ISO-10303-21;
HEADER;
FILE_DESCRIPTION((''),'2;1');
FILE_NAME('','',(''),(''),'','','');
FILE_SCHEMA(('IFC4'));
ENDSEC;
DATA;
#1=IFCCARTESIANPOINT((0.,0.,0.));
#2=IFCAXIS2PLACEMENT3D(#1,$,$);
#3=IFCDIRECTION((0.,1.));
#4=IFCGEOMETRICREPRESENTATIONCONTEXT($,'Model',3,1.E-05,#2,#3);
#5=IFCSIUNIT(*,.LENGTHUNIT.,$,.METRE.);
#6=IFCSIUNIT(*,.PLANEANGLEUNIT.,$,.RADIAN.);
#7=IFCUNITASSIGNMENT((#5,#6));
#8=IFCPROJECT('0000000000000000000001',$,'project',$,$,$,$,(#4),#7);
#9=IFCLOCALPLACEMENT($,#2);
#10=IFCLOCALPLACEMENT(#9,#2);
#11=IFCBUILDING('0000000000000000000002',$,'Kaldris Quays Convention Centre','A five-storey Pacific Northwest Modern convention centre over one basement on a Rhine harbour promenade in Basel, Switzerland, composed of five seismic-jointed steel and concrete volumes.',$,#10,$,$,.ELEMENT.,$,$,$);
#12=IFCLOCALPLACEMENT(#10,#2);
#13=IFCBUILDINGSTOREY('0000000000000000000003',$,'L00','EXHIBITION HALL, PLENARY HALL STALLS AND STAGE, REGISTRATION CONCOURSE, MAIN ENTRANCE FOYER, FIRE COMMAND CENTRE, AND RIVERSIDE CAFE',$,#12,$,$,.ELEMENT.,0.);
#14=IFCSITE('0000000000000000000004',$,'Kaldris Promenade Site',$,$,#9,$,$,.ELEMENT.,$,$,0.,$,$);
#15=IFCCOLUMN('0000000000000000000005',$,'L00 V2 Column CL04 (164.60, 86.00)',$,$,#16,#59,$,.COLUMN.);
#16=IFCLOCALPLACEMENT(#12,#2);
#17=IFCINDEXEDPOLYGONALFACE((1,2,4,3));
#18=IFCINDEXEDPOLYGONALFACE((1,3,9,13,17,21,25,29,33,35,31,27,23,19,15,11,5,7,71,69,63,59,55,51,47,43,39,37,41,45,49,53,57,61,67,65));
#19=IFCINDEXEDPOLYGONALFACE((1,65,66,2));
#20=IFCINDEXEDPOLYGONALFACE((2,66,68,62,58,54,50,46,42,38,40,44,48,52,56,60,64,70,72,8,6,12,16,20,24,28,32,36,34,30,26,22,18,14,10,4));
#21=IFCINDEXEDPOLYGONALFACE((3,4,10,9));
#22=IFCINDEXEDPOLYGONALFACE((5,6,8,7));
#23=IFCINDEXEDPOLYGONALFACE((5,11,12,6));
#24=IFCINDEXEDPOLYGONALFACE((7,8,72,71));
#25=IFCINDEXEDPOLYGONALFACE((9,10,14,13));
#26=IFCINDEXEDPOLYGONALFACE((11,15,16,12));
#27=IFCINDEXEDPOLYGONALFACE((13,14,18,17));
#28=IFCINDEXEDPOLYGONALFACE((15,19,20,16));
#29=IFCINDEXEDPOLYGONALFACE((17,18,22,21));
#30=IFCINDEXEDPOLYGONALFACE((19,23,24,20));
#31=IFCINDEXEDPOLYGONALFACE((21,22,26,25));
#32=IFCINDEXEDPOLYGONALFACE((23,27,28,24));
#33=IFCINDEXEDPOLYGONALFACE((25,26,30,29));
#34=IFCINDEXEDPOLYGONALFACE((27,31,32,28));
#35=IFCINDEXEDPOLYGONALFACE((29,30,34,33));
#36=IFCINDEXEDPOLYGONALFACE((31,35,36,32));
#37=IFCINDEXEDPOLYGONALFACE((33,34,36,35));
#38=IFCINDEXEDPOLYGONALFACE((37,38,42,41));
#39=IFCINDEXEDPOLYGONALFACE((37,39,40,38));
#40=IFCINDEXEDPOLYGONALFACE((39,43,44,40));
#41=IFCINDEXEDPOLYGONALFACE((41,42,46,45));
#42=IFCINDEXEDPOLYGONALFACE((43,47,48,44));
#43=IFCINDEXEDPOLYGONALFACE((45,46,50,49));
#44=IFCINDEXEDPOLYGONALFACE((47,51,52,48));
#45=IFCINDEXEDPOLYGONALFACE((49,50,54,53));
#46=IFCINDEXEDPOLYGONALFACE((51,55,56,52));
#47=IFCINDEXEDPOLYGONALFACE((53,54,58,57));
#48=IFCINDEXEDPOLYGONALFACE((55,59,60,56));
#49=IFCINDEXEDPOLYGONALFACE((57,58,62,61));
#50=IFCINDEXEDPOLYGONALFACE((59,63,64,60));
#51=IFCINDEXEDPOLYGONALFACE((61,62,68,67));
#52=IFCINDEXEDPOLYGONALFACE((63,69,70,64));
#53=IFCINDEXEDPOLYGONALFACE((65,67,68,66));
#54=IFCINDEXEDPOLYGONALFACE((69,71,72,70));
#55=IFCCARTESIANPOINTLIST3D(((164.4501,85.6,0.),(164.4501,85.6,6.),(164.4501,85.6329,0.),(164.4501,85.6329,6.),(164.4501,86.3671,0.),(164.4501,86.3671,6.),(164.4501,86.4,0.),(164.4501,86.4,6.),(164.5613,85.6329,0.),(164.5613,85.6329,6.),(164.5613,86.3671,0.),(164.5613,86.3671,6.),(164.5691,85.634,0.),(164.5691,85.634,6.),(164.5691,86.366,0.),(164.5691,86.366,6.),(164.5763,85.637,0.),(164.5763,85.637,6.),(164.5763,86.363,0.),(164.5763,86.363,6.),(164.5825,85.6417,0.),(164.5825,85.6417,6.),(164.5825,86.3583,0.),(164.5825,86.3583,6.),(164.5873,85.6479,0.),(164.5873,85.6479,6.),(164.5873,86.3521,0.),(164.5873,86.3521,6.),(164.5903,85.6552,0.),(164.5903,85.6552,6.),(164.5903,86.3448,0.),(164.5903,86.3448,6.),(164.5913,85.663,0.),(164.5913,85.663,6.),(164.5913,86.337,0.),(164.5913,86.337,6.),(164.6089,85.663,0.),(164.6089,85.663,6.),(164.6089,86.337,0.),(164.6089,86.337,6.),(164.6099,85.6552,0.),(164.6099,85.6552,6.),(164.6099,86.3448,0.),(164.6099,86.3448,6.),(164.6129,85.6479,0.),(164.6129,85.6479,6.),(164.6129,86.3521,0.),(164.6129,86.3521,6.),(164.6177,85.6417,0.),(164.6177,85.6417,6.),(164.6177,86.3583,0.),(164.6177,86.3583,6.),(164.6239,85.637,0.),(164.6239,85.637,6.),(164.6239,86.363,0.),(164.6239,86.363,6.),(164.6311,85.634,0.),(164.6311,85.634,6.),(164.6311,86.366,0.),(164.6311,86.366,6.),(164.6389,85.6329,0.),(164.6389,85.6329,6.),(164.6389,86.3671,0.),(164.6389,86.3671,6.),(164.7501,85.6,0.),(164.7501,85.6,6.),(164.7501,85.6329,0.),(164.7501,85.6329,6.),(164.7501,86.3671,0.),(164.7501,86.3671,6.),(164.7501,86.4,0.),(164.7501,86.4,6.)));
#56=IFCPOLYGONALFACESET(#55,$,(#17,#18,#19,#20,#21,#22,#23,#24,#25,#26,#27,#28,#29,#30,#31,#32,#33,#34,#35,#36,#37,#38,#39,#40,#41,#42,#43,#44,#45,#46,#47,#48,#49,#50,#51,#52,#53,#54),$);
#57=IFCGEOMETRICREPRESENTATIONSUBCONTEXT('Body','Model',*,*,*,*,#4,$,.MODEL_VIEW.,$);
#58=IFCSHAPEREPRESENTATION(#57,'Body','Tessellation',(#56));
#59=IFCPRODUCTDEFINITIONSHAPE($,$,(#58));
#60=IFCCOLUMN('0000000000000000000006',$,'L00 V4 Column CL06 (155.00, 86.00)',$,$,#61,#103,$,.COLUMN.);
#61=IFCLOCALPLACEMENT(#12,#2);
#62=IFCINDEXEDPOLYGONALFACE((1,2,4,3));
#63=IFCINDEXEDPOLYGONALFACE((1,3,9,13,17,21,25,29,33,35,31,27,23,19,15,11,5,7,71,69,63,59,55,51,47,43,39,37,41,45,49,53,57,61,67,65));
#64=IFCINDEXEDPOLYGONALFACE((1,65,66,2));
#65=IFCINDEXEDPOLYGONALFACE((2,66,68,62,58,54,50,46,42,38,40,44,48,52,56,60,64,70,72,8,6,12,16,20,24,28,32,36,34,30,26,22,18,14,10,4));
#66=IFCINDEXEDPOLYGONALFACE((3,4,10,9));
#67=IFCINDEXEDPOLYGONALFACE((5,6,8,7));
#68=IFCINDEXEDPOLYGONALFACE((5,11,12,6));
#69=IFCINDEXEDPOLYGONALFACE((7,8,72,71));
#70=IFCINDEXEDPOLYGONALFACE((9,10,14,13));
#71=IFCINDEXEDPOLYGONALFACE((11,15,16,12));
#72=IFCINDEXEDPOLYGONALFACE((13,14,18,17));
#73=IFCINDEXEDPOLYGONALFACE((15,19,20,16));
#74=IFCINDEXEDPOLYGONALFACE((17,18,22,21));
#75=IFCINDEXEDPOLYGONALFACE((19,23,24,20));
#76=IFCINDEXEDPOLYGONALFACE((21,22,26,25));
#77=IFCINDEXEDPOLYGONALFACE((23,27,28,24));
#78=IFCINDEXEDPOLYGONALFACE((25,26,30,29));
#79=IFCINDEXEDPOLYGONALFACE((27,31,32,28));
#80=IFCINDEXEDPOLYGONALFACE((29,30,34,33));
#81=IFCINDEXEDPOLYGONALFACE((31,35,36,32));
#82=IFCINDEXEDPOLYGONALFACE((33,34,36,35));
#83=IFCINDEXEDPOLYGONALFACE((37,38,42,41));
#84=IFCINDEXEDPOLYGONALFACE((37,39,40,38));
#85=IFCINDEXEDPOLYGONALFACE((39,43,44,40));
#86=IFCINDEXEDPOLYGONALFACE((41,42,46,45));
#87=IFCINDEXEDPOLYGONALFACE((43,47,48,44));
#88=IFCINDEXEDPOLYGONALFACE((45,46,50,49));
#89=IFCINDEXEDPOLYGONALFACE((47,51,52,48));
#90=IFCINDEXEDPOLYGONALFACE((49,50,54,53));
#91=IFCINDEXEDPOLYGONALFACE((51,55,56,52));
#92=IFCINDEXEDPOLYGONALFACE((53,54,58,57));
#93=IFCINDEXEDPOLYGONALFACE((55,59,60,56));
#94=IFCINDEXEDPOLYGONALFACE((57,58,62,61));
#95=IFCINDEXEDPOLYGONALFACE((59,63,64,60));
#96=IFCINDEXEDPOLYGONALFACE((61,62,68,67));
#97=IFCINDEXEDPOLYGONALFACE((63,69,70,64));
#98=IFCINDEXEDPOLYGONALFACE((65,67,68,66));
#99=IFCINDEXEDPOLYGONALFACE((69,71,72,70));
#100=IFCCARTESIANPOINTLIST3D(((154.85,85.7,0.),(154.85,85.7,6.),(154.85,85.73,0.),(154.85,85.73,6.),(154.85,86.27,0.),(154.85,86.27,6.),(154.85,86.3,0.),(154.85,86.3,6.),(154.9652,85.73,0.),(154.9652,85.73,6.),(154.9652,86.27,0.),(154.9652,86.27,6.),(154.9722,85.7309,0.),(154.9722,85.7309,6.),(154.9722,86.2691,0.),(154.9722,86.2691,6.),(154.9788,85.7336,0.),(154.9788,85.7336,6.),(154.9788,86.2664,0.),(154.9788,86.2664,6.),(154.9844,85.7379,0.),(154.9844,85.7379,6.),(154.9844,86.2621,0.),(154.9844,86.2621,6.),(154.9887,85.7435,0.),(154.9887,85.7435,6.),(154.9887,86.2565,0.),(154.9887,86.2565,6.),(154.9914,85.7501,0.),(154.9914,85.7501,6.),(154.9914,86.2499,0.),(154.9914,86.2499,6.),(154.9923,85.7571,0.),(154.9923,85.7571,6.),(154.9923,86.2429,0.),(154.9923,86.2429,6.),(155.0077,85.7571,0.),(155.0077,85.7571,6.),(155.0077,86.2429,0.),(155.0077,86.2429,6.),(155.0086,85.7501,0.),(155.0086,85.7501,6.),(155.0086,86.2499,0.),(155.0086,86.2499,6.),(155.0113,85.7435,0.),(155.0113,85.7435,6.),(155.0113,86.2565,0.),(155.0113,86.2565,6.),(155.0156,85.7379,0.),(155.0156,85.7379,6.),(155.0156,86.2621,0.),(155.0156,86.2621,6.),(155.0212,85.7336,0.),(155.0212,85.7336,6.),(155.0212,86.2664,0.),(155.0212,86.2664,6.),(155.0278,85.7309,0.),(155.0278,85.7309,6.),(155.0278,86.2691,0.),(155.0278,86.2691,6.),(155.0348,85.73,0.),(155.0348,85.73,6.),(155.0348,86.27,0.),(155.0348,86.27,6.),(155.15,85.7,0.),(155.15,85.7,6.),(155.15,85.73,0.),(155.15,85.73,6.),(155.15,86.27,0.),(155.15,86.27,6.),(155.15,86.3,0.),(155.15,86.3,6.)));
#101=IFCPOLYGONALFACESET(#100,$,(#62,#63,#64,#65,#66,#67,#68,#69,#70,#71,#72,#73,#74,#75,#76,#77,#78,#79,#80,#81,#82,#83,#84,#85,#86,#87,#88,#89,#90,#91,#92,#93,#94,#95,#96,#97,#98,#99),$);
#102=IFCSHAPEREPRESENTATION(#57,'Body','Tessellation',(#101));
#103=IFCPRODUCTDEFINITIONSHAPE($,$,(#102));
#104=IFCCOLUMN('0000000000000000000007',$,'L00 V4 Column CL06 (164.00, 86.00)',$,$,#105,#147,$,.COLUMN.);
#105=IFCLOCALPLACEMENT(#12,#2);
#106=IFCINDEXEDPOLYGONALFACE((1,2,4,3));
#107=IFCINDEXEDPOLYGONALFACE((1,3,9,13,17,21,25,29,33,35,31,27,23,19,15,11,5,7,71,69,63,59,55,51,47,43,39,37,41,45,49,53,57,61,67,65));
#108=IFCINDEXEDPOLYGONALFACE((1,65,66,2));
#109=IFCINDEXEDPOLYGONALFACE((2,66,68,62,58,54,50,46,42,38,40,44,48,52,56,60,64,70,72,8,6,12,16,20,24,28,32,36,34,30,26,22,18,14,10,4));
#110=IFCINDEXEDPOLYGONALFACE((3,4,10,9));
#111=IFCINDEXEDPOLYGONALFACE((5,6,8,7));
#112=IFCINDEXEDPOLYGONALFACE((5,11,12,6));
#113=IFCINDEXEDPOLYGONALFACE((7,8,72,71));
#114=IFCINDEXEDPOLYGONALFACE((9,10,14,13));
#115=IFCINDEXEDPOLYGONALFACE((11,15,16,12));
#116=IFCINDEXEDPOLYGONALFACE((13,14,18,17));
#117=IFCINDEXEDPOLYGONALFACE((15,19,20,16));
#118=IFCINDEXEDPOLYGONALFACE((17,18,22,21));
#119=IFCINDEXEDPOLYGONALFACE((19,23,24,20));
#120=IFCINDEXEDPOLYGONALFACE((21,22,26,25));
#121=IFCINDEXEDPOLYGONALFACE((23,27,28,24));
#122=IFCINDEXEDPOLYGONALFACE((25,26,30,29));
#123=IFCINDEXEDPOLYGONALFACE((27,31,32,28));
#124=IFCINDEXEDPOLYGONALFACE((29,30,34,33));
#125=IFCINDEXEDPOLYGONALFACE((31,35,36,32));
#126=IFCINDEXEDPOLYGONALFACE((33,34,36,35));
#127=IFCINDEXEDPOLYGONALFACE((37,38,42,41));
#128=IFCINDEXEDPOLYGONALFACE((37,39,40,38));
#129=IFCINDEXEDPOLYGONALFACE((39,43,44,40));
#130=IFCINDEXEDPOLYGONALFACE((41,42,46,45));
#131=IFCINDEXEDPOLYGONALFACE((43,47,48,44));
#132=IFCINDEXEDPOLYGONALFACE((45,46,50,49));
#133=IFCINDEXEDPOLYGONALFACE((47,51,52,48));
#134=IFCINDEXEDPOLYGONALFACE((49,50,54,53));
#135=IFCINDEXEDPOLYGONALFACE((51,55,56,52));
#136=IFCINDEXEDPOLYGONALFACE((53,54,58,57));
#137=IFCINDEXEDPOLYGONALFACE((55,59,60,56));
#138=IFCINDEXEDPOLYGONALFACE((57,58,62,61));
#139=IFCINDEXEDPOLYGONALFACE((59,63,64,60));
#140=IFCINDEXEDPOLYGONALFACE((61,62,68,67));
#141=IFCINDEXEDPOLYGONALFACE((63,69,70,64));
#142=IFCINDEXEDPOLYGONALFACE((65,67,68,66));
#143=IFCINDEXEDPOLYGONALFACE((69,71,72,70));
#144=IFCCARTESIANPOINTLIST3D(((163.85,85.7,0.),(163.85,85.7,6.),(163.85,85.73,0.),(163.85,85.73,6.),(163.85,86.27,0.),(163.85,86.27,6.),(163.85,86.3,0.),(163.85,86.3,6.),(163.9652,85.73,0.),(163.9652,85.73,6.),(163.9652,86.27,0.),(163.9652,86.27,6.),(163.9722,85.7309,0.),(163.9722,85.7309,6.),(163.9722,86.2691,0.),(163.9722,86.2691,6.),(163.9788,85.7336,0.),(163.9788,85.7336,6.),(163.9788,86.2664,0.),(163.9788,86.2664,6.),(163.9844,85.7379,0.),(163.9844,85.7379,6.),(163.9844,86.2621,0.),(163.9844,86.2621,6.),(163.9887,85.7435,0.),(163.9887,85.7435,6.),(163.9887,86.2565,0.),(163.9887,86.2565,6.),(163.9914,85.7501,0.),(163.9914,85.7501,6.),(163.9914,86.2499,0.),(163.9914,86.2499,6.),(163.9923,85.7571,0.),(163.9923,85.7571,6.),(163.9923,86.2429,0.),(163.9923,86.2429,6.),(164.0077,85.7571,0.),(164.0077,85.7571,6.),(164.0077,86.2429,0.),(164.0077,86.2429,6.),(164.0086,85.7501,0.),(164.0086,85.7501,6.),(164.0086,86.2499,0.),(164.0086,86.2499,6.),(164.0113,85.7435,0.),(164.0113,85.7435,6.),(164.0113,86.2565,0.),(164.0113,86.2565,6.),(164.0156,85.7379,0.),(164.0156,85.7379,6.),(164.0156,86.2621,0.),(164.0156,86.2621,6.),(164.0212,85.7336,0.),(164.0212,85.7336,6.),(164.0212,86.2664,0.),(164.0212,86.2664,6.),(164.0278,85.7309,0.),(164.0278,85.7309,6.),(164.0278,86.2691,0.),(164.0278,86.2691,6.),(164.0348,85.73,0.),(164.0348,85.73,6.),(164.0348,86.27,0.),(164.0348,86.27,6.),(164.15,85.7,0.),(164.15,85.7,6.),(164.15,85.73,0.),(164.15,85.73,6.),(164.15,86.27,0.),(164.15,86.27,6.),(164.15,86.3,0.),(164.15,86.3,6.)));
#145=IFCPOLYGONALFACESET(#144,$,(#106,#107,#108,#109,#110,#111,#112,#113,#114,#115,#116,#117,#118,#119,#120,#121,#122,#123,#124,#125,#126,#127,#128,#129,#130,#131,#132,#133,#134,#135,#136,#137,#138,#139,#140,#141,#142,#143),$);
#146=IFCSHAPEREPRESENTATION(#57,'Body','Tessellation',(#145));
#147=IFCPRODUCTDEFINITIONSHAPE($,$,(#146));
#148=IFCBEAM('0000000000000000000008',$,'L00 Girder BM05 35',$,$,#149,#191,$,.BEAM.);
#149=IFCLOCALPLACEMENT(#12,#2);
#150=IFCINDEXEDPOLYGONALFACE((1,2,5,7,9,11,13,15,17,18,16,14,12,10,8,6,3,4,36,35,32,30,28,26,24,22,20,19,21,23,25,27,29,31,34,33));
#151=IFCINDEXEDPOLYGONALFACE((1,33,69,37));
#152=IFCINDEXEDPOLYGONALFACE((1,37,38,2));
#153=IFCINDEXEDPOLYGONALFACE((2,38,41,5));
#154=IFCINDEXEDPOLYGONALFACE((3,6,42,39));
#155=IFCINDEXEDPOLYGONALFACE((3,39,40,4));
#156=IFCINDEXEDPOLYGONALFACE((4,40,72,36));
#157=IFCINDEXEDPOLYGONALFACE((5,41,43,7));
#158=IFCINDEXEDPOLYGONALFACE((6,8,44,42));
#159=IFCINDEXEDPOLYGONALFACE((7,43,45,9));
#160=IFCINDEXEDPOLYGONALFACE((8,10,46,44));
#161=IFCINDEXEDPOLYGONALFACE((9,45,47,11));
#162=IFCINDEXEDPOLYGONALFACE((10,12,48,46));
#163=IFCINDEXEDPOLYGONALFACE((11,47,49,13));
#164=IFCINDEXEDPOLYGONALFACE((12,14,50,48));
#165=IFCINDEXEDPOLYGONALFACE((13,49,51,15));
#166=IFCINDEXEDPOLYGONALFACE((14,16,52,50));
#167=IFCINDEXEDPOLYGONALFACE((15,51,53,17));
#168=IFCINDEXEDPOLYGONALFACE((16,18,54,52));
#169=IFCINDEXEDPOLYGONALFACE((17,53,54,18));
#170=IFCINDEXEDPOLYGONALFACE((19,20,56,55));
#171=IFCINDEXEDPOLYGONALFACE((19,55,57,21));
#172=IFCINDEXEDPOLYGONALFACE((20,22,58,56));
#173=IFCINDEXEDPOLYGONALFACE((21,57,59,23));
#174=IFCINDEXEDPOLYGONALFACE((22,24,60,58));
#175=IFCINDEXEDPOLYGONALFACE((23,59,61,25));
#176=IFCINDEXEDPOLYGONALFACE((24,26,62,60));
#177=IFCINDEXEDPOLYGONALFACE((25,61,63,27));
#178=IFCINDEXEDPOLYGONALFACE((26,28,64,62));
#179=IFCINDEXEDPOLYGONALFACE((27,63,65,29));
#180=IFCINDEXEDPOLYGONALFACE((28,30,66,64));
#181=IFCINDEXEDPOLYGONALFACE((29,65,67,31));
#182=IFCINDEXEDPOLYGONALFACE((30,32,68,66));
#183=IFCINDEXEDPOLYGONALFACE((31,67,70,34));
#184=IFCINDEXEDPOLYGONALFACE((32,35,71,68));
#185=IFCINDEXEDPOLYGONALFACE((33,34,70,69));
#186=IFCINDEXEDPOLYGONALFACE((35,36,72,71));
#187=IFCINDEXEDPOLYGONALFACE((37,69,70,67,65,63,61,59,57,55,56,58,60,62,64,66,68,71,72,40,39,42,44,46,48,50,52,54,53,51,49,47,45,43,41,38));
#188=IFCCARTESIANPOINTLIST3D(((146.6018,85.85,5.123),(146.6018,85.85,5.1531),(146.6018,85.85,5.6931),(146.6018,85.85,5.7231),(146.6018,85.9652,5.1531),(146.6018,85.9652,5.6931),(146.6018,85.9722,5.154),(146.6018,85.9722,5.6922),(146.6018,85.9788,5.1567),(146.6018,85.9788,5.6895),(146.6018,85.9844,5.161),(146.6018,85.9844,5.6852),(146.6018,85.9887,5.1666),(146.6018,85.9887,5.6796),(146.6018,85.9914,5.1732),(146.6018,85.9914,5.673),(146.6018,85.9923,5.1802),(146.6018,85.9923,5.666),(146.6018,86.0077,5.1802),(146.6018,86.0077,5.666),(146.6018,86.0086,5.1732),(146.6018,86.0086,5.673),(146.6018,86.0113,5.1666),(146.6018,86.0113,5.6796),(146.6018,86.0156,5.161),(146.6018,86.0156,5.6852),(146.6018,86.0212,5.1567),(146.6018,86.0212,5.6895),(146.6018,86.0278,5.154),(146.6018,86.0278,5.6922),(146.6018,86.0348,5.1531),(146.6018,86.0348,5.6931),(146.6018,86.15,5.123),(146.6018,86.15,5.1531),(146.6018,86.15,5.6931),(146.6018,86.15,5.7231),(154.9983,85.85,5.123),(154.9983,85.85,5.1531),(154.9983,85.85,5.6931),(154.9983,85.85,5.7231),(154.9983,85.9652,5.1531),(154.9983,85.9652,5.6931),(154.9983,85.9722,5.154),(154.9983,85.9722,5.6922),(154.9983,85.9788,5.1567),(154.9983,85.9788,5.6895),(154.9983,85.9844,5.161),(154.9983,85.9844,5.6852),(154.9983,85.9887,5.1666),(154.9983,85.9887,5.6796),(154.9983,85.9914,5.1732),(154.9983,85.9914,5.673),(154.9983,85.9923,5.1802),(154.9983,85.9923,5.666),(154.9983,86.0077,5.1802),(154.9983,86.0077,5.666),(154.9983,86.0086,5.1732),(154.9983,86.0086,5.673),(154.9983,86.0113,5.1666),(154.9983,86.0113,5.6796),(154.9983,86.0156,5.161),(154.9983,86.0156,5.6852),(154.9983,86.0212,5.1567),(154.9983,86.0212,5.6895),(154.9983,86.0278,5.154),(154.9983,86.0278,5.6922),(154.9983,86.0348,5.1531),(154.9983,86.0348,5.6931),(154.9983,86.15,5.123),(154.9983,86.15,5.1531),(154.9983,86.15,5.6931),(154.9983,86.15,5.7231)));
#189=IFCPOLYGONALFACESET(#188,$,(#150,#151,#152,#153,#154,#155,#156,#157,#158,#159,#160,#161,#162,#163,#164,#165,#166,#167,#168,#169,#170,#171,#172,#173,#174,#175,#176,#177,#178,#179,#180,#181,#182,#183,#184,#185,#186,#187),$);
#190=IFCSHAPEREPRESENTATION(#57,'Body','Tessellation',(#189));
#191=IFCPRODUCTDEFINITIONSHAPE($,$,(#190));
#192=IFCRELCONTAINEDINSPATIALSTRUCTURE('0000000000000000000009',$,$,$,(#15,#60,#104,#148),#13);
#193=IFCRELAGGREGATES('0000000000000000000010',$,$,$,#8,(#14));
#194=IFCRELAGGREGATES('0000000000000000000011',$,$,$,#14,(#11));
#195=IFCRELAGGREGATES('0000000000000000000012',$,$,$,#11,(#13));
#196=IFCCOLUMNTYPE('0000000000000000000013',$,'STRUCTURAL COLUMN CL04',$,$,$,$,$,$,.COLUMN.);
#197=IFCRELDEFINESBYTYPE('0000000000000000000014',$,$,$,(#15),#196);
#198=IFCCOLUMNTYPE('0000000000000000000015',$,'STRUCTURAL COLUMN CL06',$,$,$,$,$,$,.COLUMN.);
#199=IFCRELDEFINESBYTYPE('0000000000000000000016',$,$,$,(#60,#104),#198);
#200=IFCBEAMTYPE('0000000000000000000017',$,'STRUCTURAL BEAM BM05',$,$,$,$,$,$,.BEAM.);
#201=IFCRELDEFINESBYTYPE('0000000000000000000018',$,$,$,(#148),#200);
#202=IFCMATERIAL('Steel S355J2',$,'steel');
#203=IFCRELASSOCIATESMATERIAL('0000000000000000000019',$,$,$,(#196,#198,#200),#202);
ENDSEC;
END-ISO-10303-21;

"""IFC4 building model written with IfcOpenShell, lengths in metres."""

from ifc_helpers import new_model, si_unit, direction, frame, origin, origin_2d, place, context, subcontext, project, spatial, i_section, extrude, material, material_profile, profile_set, type_object, element, save


model = new_model("IFC4")

# Units and contexts
model_context = context("Model", 3, precision=1e-05, world=origin(), true_north=direction((0.0, 1.0)))
body_context = subcontext(model_context, "Body", "Model", "MODEL_VIEW")
ifc_project = project(units=[si_unit("LENGTHUNIT", "METRE"), si_unit("PLANEANGLEUNIT", "RADIAN")], contexts=[model_context])

# Site, building, storey
site_placement = place(None, origin())
site = spatial("IfcSite", under=ifc_project, at=site_placement, Name="Kaldris Promenade Site", CompositionType="ELEMENT", RefElevation=0.0)
building_placement = place(site_placement, origin())
building = spatial("IfcBuilding", under=site, at=building_placement, Name="Kaldris Quays Convention Centre", Description="A five-storey Pacific Northwest Modern convention centre over one basement on a Rhine harbour promenade in Basel, Switzerland, composed of five seismic-jointed steel and concrete volumes.", CompositionType="ELEMENT")
storey_placement = place(building_placement, origin())
storey = spatial("IfcBuildingStorey", under=building, at=storey_placement, Name="L00", Description="EXHIBITION HALL, PLENARY HALL STALLS AND STAGE, REGISTRATION CONCOURSE, MAIN ENTRANCE FOYER, FIRE COMMAND CENTRE, AND RIVERSIDE CAFE", CompositionType="ELEMENT", Elevation=0.0)

# Columns
ifc_material_1 = material(Name="Steel S355J2", Category="steel")
ifc_material_profile_1 = material_profile(ifc_material_1, i_section(OverallWidth=0.3, OverallDepth=0.8, WebThickness=0.0176, FlangeThickness=0.033, FilletRadius=0.03, at=origin_2d()), Name="HEB 800")
ifc_profile_set_1 = profile_set([ifc_material_profile_1], Name="Steel S355J2")
column_type_1 = type_object("IfcColumnType", Name="STRUCTURAL COLUMN CL04", PredefinedType="COLUMN", material=ifc_profile_set_1)
column_placement = place(storey_placement, frame((164.6001, 86.0, 0.0), z_axis=(0.0, 0.0, 1.0), x_axis=(1.0, 0.0, 0.0)))
element("IfcColumn", 1, at=column_placement, inside=storey, type_object=column_type_1, Name="L00 V2 Column CL04 (164.60, 86.00)", PredefinedType="COLUMN", context=body_context, shape_type="SweptSolid", body=[
    extrude(i_section(OverallWidth=0.3, OverallDepth=0.8, WebThickness=0.0176, FlangeThickness=0.033, FilletRadius=0.03, at=origin_2d()), origin(), (0.0, 0.0, 1.0), 6.0),
])
ifc_material_profile_2 = material_profile(ifc_material_1, i_section(OverallWidth=0.3, OverallDepth=0.6001, WebThickness=0.0154, FlangeThickness=0.03, FilletRadius=0.0271, at=origin_2d()), Name="HEB 600")
ifc_profile_set_2 = profile_set([ifc_material_profile_2], Name="Steel S355J2")
column_type_2 = type_object("IfcColumnType", Name="STRUCTURAL COLUMN CL06", PredefinedType="COLUMN", material=ifc_profile_set_2)
for number, where, z_axis, x_axis, name in (
    (2, (155.0, 86.0, 0.0), (0.0, 0.0, 1.0), (1.0, 0.0, 0.0), "L00 V4 Column CL06 (155.00, 86.00)"),
    (3, (164.0, 86.0, 0.0), (0.0, 0.0, 1.0), (1.0, 0.0, 0.0), "L00 V4 Column CL06 (164.00, 86.00)"),
):
    element("IfcColumn", number, at=place(storey_placement, frame(where, z_axis=z_axis, x_axis=x_axis)), inside=storey, type_object=column_type_2, Name=name, PredefinedType="COLUMN", context=body_context, shape_type="SweptSolid", body=[
        extrude(i_section(OverallWidth=0.3, OverallDepth=0.6001, WebThickness=0.0154, FlangeThickness=0.03, FilletRadius=0.0271, at=origin_2d()), origin(), (0.0, 0.0, 1.0), 6.0),
    ])

# Beam
ifc_material_profile_3 = material_profile(ifc_material_1, i_section(OverallWidth=0.3, OverallDepth=0.6001, WebThickness=0.0154, FlangeThickness=0.03, FilletRadius=0.0271, at=origin_2d()), Name="HEB 600")
ifc_profile_set_3 = profile_set([ifc_material_profile_3], Name="Steel S355J2")
beam_type_1 = type_object("IfcBeamType", Name="STRUCTURAL BEAM BM05", PredefinedType="BEAM", material=ifc_profile_set_3)
beam_1_placement = place(storey_placement, frame((146.6018, 86.0, 5.4231), z_axis=(1.0, 0.0, 0.0), x_axis=(0.0, 1.0, 0.0)))
element("IfcBeam", 4, at=beam_1_placement, inside=storey, type_object=beam_type_1, Name="L00 Girder BM05 35", PredefinedType="BEAM", context=body_context, shape_type="SweptSolid", body=[
    extrude(i_section(OverallWidth=0.3, OverallDepth=0.6001, WebThickness=0.0154, FlangeThickness=0.03, FilletRadius=0.0271, at=origin_2d()), origin(), (0.0, 0.0, 1.0), 8.3965),
])

save(model, "model.ifc")
